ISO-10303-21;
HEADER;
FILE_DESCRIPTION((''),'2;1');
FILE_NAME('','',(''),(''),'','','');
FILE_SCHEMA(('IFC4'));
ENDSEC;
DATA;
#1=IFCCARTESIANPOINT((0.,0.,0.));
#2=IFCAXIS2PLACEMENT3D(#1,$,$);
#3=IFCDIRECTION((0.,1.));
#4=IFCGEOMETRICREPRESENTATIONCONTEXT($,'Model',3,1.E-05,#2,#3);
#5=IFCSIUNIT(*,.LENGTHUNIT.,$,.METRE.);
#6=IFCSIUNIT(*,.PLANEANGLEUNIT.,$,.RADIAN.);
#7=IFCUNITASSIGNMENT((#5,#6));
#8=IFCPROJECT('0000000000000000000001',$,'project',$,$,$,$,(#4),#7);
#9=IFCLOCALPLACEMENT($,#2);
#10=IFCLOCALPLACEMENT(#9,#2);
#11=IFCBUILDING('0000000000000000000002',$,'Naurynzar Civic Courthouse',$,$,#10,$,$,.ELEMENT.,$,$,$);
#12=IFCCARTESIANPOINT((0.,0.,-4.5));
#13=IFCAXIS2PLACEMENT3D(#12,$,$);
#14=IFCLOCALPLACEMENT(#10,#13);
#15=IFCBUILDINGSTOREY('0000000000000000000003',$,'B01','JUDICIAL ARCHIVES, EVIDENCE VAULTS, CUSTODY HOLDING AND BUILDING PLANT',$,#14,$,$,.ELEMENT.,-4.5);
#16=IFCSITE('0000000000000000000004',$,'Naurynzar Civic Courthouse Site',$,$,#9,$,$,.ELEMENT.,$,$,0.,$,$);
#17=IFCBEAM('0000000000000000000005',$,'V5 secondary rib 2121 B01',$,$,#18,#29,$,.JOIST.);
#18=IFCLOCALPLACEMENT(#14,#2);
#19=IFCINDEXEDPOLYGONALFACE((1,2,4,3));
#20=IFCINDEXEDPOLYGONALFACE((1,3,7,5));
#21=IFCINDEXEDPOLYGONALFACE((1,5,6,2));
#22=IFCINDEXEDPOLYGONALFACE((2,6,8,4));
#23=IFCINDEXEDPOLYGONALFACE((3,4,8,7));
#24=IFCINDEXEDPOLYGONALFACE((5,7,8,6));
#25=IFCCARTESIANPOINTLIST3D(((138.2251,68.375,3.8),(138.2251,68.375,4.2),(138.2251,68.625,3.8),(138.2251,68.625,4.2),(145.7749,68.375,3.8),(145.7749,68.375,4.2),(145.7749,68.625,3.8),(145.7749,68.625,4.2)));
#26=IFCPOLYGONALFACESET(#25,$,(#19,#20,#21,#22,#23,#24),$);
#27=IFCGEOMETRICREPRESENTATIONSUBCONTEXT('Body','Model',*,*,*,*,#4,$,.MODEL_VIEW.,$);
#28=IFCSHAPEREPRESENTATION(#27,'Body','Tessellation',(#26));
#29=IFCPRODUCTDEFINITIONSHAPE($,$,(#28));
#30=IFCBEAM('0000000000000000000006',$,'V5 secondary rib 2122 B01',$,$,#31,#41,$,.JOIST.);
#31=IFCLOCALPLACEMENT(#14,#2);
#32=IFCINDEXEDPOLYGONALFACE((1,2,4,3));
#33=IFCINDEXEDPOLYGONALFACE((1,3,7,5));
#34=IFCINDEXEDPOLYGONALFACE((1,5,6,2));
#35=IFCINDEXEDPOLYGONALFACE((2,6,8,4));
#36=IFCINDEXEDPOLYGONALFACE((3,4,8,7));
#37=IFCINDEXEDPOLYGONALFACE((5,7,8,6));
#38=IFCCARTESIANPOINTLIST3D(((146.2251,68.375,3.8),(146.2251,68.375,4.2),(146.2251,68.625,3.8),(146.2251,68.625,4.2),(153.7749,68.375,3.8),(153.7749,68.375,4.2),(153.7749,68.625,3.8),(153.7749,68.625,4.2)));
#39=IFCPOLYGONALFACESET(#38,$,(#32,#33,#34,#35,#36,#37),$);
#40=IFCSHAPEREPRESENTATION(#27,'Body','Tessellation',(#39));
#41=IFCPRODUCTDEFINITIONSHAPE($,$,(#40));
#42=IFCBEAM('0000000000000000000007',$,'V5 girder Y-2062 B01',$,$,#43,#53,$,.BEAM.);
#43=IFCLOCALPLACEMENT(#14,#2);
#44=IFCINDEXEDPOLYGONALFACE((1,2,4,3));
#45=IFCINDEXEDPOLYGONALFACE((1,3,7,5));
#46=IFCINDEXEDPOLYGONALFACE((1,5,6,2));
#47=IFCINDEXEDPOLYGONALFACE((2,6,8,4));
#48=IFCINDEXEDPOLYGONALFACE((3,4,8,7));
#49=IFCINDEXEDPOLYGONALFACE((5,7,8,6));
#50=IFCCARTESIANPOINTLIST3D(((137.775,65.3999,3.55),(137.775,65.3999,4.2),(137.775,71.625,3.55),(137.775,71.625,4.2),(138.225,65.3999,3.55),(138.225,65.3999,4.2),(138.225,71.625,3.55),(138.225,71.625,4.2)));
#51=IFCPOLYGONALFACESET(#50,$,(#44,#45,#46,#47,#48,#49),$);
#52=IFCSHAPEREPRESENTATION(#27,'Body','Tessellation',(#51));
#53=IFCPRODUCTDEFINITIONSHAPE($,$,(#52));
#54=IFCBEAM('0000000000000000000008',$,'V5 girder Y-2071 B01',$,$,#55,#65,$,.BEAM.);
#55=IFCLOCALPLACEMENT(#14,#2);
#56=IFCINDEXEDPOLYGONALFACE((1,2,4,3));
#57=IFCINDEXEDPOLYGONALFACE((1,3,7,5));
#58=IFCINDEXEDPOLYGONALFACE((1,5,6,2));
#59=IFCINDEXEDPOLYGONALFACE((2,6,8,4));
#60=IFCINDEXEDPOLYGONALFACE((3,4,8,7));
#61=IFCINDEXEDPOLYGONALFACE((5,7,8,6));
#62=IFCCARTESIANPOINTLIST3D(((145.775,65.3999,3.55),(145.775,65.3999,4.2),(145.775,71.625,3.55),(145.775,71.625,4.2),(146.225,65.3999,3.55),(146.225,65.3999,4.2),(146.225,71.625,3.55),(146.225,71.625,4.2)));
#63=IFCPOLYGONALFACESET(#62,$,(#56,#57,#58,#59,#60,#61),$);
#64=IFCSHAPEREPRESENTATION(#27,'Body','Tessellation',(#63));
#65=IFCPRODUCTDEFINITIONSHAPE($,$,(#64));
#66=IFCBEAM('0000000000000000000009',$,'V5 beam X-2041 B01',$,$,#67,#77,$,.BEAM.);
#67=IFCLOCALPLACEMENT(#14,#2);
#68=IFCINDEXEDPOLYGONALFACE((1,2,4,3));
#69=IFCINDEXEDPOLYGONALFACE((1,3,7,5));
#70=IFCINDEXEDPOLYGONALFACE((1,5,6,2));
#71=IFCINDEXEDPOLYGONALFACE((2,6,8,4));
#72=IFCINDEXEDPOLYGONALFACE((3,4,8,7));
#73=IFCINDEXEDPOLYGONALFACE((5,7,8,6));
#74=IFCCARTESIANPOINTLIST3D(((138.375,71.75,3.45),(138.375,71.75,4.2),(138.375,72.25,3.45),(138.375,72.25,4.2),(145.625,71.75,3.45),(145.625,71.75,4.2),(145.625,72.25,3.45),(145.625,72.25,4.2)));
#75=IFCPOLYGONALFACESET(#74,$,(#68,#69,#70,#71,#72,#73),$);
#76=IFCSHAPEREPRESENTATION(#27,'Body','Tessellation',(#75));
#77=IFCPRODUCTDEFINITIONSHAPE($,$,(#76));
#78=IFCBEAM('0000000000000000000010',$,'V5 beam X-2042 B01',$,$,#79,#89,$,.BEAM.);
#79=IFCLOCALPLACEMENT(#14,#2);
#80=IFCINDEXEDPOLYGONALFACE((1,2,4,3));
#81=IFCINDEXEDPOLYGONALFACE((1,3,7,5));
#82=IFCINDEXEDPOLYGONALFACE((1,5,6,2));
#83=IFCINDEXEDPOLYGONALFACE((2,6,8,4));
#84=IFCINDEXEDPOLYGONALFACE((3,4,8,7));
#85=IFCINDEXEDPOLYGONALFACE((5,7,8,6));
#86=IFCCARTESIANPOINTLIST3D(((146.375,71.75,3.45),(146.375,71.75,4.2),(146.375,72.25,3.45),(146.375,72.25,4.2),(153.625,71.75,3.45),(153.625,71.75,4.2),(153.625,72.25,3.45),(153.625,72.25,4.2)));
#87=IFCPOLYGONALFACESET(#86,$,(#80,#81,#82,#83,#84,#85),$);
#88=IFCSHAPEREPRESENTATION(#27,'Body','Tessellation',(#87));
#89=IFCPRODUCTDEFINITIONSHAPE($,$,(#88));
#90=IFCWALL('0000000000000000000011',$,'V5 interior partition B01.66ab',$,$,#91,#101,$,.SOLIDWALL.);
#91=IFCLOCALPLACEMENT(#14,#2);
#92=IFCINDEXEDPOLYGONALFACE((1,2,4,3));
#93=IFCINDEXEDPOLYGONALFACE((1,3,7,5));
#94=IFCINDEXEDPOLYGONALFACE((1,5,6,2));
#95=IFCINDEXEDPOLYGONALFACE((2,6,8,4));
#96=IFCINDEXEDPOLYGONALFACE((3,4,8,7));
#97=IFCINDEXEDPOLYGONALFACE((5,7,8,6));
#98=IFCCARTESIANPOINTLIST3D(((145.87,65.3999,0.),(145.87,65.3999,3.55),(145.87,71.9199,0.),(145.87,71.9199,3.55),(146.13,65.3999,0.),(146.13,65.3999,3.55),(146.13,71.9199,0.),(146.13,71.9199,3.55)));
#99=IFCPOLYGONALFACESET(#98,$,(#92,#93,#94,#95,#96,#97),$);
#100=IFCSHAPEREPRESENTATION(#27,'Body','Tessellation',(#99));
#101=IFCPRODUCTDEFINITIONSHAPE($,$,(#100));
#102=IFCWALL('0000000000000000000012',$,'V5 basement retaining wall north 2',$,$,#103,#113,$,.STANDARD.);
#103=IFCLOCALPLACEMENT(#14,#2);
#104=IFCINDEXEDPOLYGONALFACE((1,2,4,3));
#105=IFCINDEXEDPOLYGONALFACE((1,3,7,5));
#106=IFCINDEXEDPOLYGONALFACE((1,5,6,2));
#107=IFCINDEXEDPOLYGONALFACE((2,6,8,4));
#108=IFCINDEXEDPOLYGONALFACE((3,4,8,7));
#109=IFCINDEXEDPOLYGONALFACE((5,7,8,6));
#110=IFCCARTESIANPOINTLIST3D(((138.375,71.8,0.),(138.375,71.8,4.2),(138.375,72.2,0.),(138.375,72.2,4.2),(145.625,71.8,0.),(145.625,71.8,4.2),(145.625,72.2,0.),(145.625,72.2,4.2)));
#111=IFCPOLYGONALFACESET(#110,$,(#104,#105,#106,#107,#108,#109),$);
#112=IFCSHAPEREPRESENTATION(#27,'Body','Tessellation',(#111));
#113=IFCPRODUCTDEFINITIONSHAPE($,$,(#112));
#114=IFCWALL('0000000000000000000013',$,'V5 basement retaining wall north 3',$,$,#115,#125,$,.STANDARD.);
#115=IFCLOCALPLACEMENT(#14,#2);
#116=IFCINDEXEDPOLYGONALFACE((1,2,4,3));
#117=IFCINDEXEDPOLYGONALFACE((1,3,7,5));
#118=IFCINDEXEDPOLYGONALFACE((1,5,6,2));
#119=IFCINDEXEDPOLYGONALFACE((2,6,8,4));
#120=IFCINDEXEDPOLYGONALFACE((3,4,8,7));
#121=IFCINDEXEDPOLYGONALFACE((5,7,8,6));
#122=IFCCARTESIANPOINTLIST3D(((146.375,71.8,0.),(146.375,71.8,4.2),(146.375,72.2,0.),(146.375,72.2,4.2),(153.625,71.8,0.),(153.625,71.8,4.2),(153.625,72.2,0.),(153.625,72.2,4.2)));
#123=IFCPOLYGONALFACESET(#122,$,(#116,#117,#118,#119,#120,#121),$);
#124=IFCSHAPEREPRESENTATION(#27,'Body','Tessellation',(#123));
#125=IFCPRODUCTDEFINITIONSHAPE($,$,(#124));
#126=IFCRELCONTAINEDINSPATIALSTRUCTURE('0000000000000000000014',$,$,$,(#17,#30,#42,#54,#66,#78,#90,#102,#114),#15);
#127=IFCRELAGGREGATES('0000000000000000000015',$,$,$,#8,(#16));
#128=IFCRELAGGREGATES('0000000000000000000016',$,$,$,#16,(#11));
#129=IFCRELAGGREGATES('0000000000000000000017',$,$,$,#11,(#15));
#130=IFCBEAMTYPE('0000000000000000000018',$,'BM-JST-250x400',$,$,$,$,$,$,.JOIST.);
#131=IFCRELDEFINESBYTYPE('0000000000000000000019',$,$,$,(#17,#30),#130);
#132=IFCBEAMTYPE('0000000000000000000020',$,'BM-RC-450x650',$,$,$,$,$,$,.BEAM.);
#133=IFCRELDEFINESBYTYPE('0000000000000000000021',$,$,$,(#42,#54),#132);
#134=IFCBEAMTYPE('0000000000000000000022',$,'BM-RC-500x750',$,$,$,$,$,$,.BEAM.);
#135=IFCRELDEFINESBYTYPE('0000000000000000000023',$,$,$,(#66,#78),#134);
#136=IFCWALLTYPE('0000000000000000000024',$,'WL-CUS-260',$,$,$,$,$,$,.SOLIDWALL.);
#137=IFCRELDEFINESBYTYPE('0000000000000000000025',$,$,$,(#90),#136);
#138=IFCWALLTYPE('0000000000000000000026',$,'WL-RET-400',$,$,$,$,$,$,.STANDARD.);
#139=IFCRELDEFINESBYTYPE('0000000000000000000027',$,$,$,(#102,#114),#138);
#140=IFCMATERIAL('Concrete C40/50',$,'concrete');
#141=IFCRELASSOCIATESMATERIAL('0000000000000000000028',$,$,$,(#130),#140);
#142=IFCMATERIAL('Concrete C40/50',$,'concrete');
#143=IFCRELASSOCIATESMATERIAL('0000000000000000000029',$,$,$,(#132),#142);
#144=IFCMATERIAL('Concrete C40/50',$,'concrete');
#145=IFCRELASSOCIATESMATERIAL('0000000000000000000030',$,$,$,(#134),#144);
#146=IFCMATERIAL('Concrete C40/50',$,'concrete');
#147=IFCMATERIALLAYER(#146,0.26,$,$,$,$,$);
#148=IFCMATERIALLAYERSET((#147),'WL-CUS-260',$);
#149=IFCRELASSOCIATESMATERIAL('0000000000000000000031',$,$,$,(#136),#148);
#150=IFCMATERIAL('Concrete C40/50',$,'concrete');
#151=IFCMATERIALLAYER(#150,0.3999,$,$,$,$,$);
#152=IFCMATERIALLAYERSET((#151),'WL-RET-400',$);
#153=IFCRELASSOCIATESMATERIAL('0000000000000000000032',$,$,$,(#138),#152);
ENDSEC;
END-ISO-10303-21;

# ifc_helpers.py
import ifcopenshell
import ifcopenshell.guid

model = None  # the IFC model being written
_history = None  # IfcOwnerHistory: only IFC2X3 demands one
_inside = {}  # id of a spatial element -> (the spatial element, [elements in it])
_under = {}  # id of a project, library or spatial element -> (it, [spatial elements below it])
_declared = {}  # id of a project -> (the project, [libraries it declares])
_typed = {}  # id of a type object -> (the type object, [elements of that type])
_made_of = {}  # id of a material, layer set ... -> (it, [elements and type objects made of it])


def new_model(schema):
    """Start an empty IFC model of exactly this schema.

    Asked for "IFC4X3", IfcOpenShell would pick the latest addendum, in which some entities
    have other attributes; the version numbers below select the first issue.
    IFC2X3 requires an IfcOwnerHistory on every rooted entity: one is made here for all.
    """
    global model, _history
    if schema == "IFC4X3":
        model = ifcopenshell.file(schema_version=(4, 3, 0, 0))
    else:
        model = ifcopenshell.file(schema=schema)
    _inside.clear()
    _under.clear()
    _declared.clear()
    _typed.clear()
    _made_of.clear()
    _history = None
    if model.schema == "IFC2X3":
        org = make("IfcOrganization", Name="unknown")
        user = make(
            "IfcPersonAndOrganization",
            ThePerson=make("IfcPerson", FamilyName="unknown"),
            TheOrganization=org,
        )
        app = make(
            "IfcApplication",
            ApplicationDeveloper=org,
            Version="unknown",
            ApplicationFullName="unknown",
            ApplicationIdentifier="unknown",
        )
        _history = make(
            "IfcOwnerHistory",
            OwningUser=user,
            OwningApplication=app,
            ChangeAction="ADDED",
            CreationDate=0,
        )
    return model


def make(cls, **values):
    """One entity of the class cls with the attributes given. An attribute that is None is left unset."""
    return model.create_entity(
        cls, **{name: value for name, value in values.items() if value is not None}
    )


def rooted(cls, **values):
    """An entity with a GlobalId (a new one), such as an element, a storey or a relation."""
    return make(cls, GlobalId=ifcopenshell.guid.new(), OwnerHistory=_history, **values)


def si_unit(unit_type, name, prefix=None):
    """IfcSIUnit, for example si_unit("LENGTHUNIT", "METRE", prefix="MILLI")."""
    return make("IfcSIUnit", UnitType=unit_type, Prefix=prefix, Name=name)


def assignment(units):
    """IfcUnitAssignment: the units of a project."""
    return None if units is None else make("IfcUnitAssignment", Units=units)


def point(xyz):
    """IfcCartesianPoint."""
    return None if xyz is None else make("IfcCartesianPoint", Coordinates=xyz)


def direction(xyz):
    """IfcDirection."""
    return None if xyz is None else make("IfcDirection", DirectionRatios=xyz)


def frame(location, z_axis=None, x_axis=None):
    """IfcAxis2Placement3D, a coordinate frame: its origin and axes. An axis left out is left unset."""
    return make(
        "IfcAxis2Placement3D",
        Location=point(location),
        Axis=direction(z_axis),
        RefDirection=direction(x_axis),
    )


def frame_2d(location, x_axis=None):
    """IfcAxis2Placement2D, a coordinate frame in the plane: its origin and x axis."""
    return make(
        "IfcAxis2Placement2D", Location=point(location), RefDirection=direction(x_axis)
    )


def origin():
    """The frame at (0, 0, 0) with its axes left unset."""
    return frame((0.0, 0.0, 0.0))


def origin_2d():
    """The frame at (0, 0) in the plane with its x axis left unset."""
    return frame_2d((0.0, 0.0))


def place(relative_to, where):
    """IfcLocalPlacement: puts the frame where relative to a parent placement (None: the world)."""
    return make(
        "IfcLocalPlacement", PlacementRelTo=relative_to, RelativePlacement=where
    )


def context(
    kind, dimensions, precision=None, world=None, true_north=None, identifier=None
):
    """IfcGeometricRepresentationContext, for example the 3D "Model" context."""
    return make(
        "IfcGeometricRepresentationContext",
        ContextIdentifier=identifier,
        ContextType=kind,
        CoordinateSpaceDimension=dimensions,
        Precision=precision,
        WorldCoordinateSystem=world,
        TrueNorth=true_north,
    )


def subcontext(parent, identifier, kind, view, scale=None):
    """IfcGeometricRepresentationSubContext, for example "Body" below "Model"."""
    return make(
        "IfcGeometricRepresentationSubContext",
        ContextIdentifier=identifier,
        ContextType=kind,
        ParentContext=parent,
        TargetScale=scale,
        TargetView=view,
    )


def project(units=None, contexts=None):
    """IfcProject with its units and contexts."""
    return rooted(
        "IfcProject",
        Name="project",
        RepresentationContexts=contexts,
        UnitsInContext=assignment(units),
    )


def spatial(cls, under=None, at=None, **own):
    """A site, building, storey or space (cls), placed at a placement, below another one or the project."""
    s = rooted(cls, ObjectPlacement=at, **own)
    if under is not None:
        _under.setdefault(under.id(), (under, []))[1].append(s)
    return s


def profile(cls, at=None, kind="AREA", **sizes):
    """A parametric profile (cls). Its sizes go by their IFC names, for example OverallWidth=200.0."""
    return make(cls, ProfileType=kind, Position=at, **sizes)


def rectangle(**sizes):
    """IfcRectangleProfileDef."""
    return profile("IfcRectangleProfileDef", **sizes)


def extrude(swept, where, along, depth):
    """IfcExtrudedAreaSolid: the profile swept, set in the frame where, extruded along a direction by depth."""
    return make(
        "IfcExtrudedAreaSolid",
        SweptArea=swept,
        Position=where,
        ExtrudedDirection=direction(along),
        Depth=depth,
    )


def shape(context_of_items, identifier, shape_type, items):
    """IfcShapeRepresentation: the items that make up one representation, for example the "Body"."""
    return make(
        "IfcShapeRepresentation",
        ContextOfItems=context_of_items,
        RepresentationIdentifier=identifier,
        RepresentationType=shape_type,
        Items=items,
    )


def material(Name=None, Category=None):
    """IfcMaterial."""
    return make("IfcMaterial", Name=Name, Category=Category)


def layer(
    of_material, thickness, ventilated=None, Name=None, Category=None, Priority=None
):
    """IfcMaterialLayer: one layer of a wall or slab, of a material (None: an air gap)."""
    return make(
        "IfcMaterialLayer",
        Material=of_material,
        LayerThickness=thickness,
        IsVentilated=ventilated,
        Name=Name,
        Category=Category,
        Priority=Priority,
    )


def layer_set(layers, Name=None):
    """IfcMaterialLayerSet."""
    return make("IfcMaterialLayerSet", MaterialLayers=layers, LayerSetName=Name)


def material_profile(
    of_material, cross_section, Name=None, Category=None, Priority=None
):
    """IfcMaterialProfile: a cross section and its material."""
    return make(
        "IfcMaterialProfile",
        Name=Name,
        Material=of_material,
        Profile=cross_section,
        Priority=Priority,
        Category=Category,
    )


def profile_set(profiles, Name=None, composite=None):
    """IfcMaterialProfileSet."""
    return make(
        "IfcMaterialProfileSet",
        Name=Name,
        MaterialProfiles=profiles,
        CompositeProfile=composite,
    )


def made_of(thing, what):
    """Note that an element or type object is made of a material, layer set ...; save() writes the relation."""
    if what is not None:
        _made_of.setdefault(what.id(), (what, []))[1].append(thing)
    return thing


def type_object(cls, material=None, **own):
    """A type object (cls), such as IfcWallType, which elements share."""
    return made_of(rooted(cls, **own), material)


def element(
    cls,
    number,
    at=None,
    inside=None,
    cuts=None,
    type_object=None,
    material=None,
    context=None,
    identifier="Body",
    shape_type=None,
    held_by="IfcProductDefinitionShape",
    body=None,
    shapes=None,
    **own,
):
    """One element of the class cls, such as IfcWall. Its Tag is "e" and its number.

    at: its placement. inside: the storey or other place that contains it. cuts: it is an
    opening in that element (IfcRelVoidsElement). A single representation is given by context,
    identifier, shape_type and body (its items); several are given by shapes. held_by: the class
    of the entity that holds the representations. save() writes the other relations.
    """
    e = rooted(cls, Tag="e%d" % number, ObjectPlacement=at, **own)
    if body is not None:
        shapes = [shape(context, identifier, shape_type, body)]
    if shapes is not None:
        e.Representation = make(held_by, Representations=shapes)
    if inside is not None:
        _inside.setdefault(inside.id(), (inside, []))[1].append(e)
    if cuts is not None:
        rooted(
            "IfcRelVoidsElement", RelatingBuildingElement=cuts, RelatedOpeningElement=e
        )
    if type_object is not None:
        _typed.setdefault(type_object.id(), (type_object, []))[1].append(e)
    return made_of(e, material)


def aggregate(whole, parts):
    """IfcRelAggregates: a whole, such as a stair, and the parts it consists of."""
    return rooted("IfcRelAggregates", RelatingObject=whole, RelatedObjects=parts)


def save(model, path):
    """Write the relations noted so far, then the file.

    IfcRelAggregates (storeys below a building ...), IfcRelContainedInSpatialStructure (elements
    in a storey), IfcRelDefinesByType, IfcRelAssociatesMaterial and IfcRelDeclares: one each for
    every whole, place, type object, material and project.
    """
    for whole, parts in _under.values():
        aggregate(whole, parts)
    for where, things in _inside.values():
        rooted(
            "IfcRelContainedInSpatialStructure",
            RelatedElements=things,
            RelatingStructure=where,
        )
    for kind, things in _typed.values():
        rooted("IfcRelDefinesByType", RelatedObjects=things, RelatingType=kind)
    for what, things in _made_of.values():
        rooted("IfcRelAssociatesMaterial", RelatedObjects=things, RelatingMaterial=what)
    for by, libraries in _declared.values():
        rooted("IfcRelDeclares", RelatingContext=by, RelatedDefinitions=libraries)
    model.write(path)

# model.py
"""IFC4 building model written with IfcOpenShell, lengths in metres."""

from ifc_helpers import new_model, si_unit, direction, frame, frame_2d, origin, origin_2d, place, context, subcontext, project, spatial, rectangle, extrude, material, layer, layer_set, material_profile, profile_set, type_object, element, save


model = new_model("IFC4")

# Units and contexts
model_context = context("Model", 3, precision=1e-05, world=origin(), true_north=direction((0.0, 1.0)))
body_context = subcontext(model_context, "Body", "Model", "MODEL_VIEW")
ifc_project = project(units=[si_unit("LENGTHUNIT", "METRE"), si_unit("PLANEANGLEUNIT", "RADIAN")], contexts=[model_context])

# Site, building, storey
site_placement = place(None, origin())
site = spatial("IfcSite", under=ifc_project, at=site_placement, Name="Naurynzar Civic Courthouse Site", CompositionType="ELEMENT", RefElevation=0.0)
building_placement = place(site_placement, origin())
building = spatial("IfcBuilding", under=site, at=building_placement, Name="Naurynzar Civic Courthouse", CompositionType="ELEMENT")
storey_placement = place(building_placement, frame((0.0, 0.0, -4.5)))
storey = spatial("IfcBuildingStorey", under=building, at=storey_placement, Name="B01", Description="JUDICIAL ARCHIVES, EVIDENCE VAULTS, CUSTODY HOLDING AND BUILDING PLANT", CompositionType="ELEMENT", Elevation=-4.5)

# Beams
ifc_material_1 = material(Name="Concrete C40/50", Category="concrete")
ifc_material_profile_1 = material_profile(ifc_material_1, rectangle(XDim=0.25, YDim=0.3999, at=origin_2d()), Name="RCB 250x400")
ifc_profile_set_1 = profile_set([ifc_material_profile_1], Name="Concrete C40/50")
beam_type_1 = type_object("IfcBeamType", Name="BM-JST-250x400", PredefinedType="JOIST", material=ifc_profile_set_1)
for number, where, z_axis, x_axis, name in (
    (1, (138.2251, 68.5, 4.0), (1.0, 0.0, 0.0), (0.0, 1.0, 0.0), "V5 secondary rib 2121 B01"),
    (2, (146.2251, 68.5, 4.0), (1.0, 0.0, 0.0), (0.0, 1.0, 0.0), "V5 secondary rib 2122 B01"),
):
    element("IfcBeam", number, at=place(storey_placement, frame(where, z_axis=z_axis, x_axis=x_axis)), inside=storey, type_object=beam_type_1, Name=name, PredefinedType="JOIST", context=body_context, shape_type="SweptSolid", body=[
        extrude(rectangle(XDim=0.25, YDim=0.3999, at=origin_2d()), origin(), (0.0, 0.0, 1.0), 7.5498),
    ])
ifc_material_2 = material(Name="Concrete C40/50", Category="concrete")
ifc_material_profile_2 = material_profile(ifc_material_2, rectangle(XDim=0.45, YDim=0.6499, at=origin_2d()), Name="RCB 450x650")
ifc_profile_set_2 = profile_set([ifc_material_profile_2], Name="Concrete C40/50")
beam_type_2 = type_object("IfcBeamType", Name="BM-RC-450x650", PredefinedType="BEAM", material=ifc_profile_set_2)
for number, where, z_axis, x_axis, name in (
    (3, (138.0, 65.3999, 3.875), (0.0, 1.0, 0.0), (-1.0, 0.0, 0.0), "V5 girder Y-2062 B01"),
    (4, (146.0, 65.3999, 3.875), (0.0, 1.0, 0.0), (-1.0, 0.0, 0.0), "V5 girder Y-2071 B01"),
):
    element("IfcBeam", number, at=place(storey_placement, frame(where, z_axis=z_axis, x_axis=x_axis)), inside=storey, type_object=beam_type_2, Name=name, PredefinedType="BEAM", context=body_context, shape_type="SweptSolid", body=[
        extrude(rectangle(XDim=0.45, YDim=0.6499, at=origin_2d()), origin(), (0.0, 0.0, 1.0), 6.2251),
    ])
ifc_material_3 = material(Name="Concrete C40/50", Category="concrete")
ifc_material_profile_3 = material_profile(ifc_material_3, rectangle(XDim=0.5, YDim=0.75, at=origin_2d()), Name="RCB 500x750")
ifc_profile_set_3 = profile_set([ifc_material_profile_3], Name="Concrete C40/50")
beam_type_3 = type_object("IfcBeamType", Name="BM-RC-500x750", PredefinedType="BEAM", material=ifc_profile_set_3)
for number, where, z_axis, x_axis, name in (
    (5, (138.375, 72.0, 3.825), (1.0, 0.0, 0.0), (0.0, 1.0, 0.0), "V5 beam X-2041 B01"),
    (6, (146.375, 72.0, 3.825), (1.0, 0.0, 0.0), (0.0, 1.0, 0.0), "V5 beam X-2042 B01"),
):
    element("IfcBeam", number, at=place(storey_placement, frame(where, z_axis=z_axis, x_axis=x_axis)), inside=storey, type_object=beam_type_3, Name=name, PredefinedType="BEAM", context=body_context, shape_type="SweptSolid", body=[
        extrude(rectangle(XDim=0.5, YDim=0.75, at=origin_2d()), origin(), (0.0, 0.0, 1.0), 7.25),
    ])

# Walls
ifc_material_4 = material(Name="Concrete C40/50", Category="concrete")
ifc_layer_1 = layer(ifc_material_4, 0.26)
ifc_layer_set_1 = layer_set([ifc_layer_1], Name="WL-CUS-260")
wall_type_1 = type_object("IfcWallType", Name="WL-CUS-260", PredefinedType="SOLIDWALL", material=ifc_layer_set_1)
wall_placement = place(storey_placement, frame((146.0, 65.3999, 0.0), z_axis=(0.0, 0.0, 1.0), x_axis=(0.0, 1.0, 0.0)))
element("IfcWall", 7, at=wall_placement, inside=storey, type_object=wall_type_1, Name="V5 interior partition B01.66ab", PredefinedType="SOLIDWALL", context=body_context, shape_type="SweptSolid", body=[
    extrude(rectangle(XDim=6.52, YDim=0.26, at=frame_2d((3.26, 0.0))), origin(), (0.0, 0.0, 1.0), 3.55),
])
ifc_material_5 = material(Name="Concrete C40/50", Category="concrete")
ifc_layer_2 = layer(ifc_material_5, 0.3999)
ifc_layer_set_2 = layer_set([ifc_layer_2], Name="WL-RET-400")
wall_type_2 = type_object("IfcWallType", Name="WL-RET-400", PredefinedType="STANDARD", material=ifc_layer_set_2)
for number, where, z_axis, x_axis, name in (
    (8, (138.375, 72.0, 0.0), (0.0, 0.0, 1.0), (1.0, 0.0, 0.0), "V5 basement retaining wall north 2"),
    (9, (146.375, 72.0, 0.0), (0.0, 0.0, 1.0), (1.0, 0.0, 0.0), "V5 basement retaining wall north 3"),
):
    element("IfcWall", number, at=place(storey_placement, frame(where, z_axis=z_axis, x_axis=x_axis)), inside=storey, type_object=wall_type_2, Name=name, PredefinedType="STANDARD", context=body_context, shape_type="SweptSolid", body=[
        extrude(rectangle(XDim=7.25, YDim=0.3999, at=frame_2d((3.625, 0.0))), origin(), (0.0, 0.0, 1.0), 4.2),
    ])

save(model, "model.ifc")
